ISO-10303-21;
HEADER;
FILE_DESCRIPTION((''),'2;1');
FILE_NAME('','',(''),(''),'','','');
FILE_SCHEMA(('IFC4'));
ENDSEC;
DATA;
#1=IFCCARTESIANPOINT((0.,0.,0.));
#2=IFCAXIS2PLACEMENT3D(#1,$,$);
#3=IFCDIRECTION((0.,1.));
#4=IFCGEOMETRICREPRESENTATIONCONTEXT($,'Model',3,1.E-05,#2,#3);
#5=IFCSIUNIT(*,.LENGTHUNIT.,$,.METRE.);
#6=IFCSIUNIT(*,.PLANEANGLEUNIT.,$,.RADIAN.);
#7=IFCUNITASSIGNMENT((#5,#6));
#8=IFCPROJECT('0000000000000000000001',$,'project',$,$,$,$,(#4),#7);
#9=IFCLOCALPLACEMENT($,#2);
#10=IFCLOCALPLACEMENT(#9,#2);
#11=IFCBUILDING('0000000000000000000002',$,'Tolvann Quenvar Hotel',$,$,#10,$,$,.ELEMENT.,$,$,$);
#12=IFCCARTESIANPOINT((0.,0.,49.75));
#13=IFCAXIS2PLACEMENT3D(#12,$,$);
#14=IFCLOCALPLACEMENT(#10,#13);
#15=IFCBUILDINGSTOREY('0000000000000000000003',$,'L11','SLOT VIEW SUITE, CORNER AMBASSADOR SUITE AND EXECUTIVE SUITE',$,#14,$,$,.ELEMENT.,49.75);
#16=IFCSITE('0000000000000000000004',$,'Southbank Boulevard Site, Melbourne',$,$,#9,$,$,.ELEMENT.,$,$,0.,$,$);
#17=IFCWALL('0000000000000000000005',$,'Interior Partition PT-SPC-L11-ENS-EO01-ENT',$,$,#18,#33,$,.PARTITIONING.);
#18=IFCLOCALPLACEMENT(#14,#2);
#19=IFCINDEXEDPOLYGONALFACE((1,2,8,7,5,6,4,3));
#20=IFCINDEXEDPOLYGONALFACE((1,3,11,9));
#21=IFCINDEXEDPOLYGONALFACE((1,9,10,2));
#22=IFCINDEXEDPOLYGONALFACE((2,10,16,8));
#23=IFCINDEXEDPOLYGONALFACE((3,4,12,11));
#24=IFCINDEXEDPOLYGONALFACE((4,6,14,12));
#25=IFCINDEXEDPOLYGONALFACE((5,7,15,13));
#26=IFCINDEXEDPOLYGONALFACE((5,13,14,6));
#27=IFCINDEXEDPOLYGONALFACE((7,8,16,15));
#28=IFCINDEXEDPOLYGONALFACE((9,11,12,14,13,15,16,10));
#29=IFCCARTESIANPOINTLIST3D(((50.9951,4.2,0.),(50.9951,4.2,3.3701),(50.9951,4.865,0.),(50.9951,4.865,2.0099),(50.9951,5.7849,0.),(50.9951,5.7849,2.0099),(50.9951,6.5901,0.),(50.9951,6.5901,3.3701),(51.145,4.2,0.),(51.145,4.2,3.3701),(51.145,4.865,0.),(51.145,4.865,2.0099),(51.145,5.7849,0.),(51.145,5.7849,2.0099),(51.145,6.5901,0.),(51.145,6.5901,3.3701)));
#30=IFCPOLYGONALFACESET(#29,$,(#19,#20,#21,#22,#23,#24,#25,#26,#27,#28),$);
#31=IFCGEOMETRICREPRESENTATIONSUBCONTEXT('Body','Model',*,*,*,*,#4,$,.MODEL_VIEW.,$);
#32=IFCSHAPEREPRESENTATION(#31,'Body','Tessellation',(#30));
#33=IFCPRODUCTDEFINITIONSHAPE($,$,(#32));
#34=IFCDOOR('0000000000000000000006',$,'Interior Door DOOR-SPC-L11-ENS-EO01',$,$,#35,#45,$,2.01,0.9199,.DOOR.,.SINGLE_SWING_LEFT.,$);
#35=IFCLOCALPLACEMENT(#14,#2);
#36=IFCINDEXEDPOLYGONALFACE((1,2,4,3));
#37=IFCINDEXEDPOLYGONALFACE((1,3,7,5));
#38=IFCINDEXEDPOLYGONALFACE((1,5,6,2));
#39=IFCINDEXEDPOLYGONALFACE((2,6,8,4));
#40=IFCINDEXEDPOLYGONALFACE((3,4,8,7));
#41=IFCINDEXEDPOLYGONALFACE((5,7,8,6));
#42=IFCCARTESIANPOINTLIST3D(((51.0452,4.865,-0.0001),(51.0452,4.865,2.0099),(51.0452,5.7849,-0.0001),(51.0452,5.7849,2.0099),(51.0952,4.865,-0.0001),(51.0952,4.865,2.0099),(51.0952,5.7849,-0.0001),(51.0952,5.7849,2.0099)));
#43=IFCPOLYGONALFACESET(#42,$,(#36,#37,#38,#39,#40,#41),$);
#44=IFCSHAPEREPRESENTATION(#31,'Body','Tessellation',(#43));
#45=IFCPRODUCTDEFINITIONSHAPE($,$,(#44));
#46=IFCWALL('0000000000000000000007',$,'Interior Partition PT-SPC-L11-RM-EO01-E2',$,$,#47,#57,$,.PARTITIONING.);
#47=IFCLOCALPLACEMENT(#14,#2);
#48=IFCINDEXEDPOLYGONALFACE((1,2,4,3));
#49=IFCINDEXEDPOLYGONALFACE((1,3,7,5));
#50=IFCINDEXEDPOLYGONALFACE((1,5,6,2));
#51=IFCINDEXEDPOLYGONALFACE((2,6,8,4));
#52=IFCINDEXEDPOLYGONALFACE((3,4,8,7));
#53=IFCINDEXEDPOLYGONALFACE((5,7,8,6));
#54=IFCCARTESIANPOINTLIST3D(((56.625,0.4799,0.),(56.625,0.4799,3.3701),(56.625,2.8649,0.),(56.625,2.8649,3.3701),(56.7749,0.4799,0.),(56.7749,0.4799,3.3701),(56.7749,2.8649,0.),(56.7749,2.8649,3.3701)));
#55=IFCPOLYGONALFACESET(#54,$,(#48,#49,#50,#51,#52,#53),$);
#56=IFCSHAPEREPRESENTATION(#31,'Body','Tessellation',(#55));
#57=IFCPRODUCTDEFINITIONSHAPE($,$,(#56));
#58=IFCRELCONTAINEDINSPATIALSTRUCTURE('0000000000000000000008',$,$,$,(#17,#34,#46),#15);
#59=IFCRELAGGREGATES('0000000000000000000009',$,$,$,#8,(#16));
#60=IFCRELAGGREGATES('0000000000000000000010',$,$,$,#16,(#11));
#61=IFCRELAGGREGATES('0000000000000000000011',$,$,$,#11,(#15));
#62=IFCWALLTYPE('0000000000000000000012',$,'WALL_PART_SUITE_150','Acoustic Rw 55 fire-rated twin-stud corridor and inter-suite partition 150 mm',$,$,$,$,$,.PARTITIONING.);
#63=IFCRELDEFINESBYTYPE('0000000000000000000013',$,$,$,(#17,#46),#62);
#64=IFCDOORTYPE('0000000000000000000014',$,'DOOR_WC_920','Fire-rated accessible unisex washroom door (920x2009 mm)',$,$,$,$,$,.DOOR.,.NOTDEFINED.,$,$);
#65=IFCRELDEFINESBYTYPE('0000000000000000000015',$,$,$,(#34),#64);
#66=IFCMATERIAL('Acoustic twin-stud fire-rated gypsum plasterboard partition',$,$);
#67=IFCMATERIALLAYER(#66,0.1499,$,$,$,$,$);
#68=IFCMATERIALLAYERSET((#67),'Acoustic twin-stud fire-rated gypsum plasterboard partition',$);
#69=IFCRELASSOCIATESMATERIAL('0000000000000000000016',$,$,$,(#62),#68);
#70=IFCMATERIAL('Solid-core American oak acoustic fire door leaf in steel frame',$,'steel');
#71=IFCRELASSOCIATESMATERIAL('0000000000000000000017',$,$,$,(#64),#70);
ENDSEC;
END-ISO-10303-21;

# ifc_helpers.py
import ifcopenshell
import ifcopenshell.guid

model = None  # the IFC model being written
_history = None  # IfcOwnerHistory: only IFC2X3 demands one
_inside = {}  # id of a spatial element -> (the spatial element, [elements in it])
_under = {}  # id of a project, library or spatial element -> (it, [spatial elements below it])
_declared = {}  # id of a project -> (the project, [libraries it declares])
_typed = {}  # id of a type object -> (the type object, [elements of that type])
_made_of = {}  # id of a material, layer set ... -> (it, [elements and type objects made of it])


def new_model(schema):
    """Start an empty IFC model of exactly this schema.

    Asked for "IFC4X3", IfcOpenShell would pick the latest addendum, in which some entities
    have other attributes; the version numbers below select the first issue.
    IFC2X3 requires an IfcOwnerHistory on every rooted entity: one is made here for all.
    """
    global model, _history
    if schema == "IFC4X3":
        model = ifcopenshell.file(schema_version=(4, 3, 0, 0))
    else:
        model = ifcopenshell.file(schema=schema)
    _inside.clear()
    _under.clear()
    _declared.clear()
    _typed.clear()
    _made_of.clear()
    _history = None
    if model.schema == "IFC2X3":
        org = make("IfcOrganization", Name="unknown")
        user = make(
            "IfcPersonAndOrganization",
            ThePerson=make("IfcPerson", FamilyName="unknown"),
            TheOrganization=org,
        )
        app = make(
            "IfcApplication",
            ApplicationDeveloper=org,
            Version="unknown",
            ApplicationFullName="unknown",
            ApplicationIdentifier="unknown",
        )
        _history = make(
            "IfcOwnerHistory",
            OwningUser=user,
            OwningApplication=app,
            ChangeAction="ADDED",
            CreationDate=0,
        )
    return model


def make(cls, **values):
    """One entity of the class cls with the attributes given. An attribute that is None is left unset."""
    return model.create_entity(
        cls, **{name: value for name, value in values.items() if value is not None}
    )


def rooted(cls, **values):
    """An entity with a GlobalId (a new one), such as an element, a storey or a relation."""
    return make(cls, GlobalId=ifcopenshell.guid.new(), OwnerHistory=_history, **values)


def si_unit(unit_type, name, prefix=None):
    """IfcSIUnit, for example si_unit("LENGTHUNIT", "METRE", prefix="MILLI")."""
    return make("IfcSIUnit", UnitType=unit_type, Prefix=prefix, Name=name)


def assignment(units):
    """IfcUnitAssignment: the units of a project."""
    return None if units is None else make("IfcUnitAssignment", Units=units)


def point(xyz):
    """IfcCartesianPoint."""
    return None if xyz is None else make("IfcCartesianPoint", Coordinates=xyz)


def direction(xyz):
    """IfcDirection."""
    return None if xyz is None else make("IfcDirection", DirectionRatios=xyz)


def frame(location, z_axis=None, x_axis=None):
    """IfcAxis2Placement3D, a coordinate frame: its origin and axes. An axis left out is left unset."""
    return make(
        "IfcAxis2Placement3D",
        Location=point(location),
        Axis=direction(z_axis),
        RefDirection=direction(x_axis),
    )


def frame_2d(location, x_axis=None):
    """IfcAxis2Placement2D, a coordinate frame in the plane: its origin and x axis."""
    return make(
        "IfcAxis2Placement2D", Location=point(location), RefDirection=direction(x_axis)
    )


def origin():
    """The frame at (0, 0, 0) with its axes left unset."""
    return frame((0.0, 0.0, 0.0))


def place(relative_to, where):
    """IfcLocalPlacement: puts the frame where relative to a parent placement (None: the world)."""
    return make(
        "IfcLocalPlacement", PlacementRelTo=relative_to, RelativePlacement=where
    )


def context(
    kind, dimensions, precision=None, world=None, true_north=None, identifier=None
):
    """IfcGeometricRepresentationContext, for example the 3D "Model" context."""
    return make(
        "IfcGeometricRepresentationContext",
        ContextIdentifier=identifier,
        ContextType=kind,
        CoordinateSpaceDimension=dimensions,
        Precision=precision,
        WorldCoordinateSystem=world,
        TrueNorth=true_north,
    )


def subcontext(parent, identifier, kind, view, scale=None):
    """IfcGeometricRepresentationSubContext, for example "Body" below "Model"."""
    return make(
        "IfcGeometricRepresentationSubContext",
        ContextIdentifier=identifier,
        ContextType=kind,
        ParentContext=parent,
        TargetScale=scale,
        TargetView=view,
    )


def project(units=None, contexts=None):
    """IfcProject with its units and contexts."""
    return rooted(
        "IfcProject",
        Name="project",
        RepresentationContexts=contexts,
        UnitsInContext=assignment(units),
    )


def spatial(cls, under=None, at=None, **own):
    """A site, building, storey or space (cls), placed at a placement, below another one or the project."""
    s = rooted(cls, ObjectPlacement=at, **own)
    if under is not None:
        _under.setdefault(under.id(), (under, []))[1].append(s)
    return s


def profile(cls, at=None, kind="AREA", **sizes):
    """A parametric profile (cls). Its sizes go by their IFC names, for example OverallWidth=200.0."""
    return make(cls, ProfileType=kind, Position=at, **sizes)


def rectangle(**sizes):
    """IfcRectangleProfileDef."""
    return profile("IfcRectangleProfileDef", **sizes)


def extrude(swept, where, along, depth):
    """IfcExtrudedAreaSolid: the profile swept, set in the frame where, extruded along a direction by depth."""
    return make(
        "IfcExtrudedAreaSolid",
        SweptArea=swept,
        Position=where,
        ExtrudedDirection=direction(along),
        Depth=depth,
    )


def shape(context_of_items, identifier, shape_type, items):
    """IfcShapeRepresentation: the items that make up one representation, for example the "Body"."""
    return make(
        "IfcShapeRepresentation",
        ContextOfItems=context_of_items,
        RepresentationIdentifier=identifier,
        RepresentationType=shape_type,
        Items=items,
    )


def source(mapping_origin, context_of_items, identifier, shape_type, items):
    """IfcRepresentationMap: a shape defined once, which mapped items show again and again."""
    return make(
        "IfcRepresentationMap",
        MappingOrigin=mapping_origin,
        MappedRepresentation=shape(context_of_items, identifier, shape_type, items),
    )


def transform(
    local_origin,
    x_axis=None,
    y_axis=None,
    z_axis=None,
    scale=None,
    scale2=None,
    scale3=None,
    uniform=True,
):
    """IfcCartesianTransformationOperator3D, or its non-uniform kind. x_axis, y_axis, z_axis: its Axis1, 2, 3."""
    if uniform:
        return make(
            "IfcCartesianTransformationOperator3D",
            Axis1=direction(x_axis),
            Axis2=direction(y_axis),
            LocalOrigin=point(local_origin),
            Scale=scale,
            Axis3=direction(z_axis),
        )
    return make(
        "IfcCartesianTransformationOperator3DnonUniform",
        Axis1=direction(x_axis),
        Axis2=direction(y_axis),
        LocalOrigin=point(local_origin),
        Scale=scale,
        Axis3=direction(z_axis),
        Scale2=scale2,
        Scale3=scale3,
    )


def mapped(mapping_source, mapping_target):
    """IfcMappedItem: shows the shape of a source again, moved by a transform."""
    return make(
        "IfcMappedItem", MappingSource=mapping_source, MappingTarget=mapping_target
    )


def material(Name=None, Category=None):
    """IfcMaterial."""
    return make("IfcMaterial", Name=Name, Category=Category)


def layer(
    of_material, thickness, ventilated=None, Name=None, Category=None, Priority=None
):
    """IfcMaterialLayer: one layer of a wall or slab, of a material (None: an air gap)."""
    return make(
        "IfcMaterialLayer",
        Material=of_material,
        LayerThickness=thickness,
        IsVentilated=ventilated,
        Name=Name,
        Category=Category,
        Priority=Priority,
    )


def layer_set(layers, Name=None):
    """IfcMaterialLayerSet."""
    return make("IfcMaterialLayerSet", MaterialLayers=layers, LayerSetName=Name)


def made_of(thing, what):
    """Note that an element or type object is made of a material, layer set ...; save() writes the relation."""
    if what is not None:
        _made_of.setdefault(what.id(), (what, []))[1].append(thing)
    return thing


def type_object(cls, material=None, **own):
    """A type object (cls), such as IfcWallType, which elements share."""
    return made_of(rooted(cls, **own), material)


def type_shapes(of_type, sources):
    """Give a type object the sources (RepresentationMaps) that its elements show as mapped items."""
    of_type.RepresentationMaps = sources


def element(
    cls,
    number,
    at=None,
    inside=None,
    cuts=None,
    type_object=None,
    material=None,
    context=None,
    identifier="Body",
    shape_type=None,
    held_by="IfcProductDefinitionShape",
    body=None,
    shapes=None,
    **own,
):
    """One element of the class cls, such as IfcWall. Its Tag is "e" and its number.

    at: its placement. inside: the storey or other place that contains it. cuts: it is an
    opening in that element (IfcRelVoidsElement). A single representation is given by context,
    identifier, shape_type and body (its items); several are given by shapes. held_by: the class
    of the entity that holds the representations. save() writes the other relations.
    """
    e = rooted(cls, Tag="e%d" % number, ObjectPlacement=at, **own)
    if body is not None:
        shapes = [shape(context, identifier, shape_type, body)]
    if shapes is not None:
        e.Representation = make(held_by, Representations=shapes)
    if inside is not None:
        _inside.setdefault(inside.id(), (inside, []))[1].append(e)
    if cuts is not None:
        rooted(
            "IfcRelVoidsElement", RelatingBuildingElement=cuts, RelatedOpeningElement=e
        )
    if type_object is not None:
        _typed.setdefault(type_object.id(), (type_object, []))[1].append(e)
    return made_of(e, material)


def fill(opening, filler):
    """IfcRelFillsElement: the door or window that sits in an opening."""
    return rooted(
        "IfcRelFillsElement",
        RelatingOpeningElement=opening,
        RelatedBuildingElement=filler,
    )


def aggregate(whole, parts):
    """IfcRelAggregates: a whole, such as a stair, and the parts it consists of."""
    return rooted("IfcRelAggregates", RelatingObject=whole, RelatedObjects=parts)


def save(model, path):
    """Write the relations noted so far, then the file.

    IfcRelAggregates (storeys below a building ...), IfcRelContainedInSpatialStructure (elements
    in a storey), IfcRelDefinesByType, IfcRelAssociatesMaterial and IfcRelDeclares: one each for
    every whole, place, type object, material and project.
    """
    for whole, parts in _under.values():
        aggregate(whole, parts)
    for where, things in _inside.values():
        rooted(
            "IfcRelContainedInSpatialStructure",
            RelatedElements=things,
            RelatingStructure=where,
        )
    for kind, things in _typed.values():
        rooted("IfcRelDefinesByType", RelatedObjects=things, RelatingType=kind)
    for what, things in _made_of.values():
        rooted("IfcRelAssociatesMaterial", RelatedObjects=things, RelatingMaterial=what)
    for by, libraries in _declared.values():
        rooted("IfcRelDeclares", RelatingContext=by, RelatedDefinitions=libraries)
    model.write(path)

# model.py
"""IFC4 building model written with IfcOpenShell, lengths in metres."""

from ifc_helpers import new_model, si_unit, direction, frame, frame_2d, origin, place, context, subcontext, project, spatial, rectangle, extrude, source, transform, mapped, material, layer, layer_set, type_object, type_shapes, element, fill, save


model = new_model("IFC4")

# Units and contexts
model_context = context("Model", 3, precision=1e-05, world=origin(), true_north=direction((0.0, 1.0)))
body_context = subcontext(model_context, "Body", "Model", "MODEL_VIEW")
ifc_project = project(units=[si_unit("LENGTHUNIT", "METRE"), si_unit("PLANEANGLEUNIT", "RADIAN")], contexts=[model_context])

# Site, building, storey
site_placement = place(None, origin())
site = spatial("IfcSite", under=ifc_project, at=site_placement, Name="Southbank Boulevard Site, Melbourne", CompositionType="ELEMENT", RefElevation=0.0)
building_placement = place(site_placement, origin())
building = spatial("IfcBuilding", under=site, at=building_placement, Name="Tolvann Quenvar Hotel", CompositionType="ELEMENT")
storey_placement = place(building_placement, frame((0.0, 0.0, 49.75)))
storey = spatial("IfcBuildingStorey", under=building, at=storey_placement, Name="L11", Description="SLOT VIEW SUITE, CORNER AMBASSADOR SUITE AND EXECUTIVE SUITE", CompositionType="ELEMENT", Elevation=49.75)

# Wall, opening, door
ifc_material_1 = material(Name="Acoustic twin-stud fire-rated gypsum plasterboard partition")
ifc_layer_1 = layer(ifc_material_1, 0.1499)
ifc_layer_set_1 = layer_set([ifc_layer_1], Name="Acoustic twin-stud fire-rated gypsum plasterboard partition")
wall_type_1 = type_object("IfcWallType", Name="WALL_PART_SUITE_150", Description="Acoustic Rw 55 fire-rated twin-stud corridor and inter-suite partition 150 mm", PredefinedType="PARTITIONING", material=ifc_layer_set_1)
wall_1_placement = place(storey_placement, frame((51.0701, 4.2, 0.0), z_axis=(0.0, 0.0, 1.0), x_axis=(0.0, 1.0, 0.0)))
wall_1 = element("IfcWall", 1, at=wall_1_placement, inside=storey, type_object=wall_type_1, Name="Interior Partition PT-SPC-L11-ENS-EO01-ENT", PredefinedType="PARTITIONING", context=body_context, shape_type="SweptSolid", body=[
    extrude(rectangle(XDim=2.3901, YDim=0.1499, at=frame_2d((1.1951, 0.0))), origin(), (0.0, 0.0, 1.0), 3.3701),
])
opening_1_placement = place(wall_1_placement, frame((0.665, 0.0, 0.0)))
opening_1 = element("IfcOpeningElement", 2, at=opening_1_placement, cuts=wall_1, PredefinedType="OPENING", context=body_context, shape_type="SweptSolid", body=[
    extrude(rectangle(XDim=0.9199, YDim=2.01, at=frame_2d((0.46, 1.0049))), frame((0.0, 0.085, 0.0), z_axis=(0.0, -1.0, 0.0), x_axis=(1.0, 0.0, 0.0)), (0.0, 0.0, 1.0), 0.1699),
])
ifc_material_2 = material(Name="Solid-core American oak acoustic fire door leaf in steel frame", Category="steel")
door_type_1 = type_object("IfcDoorType", Name="DOOR_WC_920", Description="Fire-rated accessible unisex washroom door (920x2009 mm)", OperationType="NOTDEFINED", PredefinedType="DOOR", material=ifc_material_2)
shared_shape_1 = source(origin(), body_context, "Body", "SweptSolid", [
    extrude(rectangle(XDim=0.9199, YDim=2.01, at=frame_2d((0.46, 1.0049))), frame((0.0, 0.0249, 0.0), z_axis=(0.0, -1.0, 0.0), x_axis=(1.0, 0.0, 0.0)), (0.0, 0.0, 1.0), 0.05),
])
type_shapes(door_type_1, [shared_shape_1])
door_1_placement = place(opening_1_placement, origin())
door_1 = element("IfcDoor", 3, at=door_1_placement, inside=storey, type_object=door_type_1, Name="Interior Door DOOR-SPC-L11-ENS-EO01", OperationType="SINGLE_SWING_LEFT", OverallHeight=2.01, OverallWidth=0.9199, PredefinedType="DOOR", context=body_context, shape_type="MappedRepresentation", body=[
    mapped(shared_shape_1, transform((0.0, 0.0, 0.0), x_axis=(1.0, 0.0, 0.0), y_axis=(0.0, 1.0, 0.0), z_axis=(0.0, 0.0, 1.0), scale=1.0)),
])
fill(opening_1, door_1)

# Wall
wall_2_placement = place(storey_placement, frame((56.7, 0.48, 0.0), z_axis=(0.0, 0.0, 1.0), x_axis=(0.0, 1.0, 0.0)))
element("IfcWall", 4, at=wall_2_placement, inside=storey, type_object=wall_type_1, Name="Interior Partition PT-SPC-L11-RM-EO01-E2", PredefinedType="PARTITIONING", context=body_context, shape_type="SweptSolid", body=[
    extrude(rectangle(XDim=2.385, YDim=0.1499, at=frame_2d((1.1924, 0.0))), origin(), (0.0, 0.0, 1.0), 3.3701),
])

save(model, "model.ifc")
